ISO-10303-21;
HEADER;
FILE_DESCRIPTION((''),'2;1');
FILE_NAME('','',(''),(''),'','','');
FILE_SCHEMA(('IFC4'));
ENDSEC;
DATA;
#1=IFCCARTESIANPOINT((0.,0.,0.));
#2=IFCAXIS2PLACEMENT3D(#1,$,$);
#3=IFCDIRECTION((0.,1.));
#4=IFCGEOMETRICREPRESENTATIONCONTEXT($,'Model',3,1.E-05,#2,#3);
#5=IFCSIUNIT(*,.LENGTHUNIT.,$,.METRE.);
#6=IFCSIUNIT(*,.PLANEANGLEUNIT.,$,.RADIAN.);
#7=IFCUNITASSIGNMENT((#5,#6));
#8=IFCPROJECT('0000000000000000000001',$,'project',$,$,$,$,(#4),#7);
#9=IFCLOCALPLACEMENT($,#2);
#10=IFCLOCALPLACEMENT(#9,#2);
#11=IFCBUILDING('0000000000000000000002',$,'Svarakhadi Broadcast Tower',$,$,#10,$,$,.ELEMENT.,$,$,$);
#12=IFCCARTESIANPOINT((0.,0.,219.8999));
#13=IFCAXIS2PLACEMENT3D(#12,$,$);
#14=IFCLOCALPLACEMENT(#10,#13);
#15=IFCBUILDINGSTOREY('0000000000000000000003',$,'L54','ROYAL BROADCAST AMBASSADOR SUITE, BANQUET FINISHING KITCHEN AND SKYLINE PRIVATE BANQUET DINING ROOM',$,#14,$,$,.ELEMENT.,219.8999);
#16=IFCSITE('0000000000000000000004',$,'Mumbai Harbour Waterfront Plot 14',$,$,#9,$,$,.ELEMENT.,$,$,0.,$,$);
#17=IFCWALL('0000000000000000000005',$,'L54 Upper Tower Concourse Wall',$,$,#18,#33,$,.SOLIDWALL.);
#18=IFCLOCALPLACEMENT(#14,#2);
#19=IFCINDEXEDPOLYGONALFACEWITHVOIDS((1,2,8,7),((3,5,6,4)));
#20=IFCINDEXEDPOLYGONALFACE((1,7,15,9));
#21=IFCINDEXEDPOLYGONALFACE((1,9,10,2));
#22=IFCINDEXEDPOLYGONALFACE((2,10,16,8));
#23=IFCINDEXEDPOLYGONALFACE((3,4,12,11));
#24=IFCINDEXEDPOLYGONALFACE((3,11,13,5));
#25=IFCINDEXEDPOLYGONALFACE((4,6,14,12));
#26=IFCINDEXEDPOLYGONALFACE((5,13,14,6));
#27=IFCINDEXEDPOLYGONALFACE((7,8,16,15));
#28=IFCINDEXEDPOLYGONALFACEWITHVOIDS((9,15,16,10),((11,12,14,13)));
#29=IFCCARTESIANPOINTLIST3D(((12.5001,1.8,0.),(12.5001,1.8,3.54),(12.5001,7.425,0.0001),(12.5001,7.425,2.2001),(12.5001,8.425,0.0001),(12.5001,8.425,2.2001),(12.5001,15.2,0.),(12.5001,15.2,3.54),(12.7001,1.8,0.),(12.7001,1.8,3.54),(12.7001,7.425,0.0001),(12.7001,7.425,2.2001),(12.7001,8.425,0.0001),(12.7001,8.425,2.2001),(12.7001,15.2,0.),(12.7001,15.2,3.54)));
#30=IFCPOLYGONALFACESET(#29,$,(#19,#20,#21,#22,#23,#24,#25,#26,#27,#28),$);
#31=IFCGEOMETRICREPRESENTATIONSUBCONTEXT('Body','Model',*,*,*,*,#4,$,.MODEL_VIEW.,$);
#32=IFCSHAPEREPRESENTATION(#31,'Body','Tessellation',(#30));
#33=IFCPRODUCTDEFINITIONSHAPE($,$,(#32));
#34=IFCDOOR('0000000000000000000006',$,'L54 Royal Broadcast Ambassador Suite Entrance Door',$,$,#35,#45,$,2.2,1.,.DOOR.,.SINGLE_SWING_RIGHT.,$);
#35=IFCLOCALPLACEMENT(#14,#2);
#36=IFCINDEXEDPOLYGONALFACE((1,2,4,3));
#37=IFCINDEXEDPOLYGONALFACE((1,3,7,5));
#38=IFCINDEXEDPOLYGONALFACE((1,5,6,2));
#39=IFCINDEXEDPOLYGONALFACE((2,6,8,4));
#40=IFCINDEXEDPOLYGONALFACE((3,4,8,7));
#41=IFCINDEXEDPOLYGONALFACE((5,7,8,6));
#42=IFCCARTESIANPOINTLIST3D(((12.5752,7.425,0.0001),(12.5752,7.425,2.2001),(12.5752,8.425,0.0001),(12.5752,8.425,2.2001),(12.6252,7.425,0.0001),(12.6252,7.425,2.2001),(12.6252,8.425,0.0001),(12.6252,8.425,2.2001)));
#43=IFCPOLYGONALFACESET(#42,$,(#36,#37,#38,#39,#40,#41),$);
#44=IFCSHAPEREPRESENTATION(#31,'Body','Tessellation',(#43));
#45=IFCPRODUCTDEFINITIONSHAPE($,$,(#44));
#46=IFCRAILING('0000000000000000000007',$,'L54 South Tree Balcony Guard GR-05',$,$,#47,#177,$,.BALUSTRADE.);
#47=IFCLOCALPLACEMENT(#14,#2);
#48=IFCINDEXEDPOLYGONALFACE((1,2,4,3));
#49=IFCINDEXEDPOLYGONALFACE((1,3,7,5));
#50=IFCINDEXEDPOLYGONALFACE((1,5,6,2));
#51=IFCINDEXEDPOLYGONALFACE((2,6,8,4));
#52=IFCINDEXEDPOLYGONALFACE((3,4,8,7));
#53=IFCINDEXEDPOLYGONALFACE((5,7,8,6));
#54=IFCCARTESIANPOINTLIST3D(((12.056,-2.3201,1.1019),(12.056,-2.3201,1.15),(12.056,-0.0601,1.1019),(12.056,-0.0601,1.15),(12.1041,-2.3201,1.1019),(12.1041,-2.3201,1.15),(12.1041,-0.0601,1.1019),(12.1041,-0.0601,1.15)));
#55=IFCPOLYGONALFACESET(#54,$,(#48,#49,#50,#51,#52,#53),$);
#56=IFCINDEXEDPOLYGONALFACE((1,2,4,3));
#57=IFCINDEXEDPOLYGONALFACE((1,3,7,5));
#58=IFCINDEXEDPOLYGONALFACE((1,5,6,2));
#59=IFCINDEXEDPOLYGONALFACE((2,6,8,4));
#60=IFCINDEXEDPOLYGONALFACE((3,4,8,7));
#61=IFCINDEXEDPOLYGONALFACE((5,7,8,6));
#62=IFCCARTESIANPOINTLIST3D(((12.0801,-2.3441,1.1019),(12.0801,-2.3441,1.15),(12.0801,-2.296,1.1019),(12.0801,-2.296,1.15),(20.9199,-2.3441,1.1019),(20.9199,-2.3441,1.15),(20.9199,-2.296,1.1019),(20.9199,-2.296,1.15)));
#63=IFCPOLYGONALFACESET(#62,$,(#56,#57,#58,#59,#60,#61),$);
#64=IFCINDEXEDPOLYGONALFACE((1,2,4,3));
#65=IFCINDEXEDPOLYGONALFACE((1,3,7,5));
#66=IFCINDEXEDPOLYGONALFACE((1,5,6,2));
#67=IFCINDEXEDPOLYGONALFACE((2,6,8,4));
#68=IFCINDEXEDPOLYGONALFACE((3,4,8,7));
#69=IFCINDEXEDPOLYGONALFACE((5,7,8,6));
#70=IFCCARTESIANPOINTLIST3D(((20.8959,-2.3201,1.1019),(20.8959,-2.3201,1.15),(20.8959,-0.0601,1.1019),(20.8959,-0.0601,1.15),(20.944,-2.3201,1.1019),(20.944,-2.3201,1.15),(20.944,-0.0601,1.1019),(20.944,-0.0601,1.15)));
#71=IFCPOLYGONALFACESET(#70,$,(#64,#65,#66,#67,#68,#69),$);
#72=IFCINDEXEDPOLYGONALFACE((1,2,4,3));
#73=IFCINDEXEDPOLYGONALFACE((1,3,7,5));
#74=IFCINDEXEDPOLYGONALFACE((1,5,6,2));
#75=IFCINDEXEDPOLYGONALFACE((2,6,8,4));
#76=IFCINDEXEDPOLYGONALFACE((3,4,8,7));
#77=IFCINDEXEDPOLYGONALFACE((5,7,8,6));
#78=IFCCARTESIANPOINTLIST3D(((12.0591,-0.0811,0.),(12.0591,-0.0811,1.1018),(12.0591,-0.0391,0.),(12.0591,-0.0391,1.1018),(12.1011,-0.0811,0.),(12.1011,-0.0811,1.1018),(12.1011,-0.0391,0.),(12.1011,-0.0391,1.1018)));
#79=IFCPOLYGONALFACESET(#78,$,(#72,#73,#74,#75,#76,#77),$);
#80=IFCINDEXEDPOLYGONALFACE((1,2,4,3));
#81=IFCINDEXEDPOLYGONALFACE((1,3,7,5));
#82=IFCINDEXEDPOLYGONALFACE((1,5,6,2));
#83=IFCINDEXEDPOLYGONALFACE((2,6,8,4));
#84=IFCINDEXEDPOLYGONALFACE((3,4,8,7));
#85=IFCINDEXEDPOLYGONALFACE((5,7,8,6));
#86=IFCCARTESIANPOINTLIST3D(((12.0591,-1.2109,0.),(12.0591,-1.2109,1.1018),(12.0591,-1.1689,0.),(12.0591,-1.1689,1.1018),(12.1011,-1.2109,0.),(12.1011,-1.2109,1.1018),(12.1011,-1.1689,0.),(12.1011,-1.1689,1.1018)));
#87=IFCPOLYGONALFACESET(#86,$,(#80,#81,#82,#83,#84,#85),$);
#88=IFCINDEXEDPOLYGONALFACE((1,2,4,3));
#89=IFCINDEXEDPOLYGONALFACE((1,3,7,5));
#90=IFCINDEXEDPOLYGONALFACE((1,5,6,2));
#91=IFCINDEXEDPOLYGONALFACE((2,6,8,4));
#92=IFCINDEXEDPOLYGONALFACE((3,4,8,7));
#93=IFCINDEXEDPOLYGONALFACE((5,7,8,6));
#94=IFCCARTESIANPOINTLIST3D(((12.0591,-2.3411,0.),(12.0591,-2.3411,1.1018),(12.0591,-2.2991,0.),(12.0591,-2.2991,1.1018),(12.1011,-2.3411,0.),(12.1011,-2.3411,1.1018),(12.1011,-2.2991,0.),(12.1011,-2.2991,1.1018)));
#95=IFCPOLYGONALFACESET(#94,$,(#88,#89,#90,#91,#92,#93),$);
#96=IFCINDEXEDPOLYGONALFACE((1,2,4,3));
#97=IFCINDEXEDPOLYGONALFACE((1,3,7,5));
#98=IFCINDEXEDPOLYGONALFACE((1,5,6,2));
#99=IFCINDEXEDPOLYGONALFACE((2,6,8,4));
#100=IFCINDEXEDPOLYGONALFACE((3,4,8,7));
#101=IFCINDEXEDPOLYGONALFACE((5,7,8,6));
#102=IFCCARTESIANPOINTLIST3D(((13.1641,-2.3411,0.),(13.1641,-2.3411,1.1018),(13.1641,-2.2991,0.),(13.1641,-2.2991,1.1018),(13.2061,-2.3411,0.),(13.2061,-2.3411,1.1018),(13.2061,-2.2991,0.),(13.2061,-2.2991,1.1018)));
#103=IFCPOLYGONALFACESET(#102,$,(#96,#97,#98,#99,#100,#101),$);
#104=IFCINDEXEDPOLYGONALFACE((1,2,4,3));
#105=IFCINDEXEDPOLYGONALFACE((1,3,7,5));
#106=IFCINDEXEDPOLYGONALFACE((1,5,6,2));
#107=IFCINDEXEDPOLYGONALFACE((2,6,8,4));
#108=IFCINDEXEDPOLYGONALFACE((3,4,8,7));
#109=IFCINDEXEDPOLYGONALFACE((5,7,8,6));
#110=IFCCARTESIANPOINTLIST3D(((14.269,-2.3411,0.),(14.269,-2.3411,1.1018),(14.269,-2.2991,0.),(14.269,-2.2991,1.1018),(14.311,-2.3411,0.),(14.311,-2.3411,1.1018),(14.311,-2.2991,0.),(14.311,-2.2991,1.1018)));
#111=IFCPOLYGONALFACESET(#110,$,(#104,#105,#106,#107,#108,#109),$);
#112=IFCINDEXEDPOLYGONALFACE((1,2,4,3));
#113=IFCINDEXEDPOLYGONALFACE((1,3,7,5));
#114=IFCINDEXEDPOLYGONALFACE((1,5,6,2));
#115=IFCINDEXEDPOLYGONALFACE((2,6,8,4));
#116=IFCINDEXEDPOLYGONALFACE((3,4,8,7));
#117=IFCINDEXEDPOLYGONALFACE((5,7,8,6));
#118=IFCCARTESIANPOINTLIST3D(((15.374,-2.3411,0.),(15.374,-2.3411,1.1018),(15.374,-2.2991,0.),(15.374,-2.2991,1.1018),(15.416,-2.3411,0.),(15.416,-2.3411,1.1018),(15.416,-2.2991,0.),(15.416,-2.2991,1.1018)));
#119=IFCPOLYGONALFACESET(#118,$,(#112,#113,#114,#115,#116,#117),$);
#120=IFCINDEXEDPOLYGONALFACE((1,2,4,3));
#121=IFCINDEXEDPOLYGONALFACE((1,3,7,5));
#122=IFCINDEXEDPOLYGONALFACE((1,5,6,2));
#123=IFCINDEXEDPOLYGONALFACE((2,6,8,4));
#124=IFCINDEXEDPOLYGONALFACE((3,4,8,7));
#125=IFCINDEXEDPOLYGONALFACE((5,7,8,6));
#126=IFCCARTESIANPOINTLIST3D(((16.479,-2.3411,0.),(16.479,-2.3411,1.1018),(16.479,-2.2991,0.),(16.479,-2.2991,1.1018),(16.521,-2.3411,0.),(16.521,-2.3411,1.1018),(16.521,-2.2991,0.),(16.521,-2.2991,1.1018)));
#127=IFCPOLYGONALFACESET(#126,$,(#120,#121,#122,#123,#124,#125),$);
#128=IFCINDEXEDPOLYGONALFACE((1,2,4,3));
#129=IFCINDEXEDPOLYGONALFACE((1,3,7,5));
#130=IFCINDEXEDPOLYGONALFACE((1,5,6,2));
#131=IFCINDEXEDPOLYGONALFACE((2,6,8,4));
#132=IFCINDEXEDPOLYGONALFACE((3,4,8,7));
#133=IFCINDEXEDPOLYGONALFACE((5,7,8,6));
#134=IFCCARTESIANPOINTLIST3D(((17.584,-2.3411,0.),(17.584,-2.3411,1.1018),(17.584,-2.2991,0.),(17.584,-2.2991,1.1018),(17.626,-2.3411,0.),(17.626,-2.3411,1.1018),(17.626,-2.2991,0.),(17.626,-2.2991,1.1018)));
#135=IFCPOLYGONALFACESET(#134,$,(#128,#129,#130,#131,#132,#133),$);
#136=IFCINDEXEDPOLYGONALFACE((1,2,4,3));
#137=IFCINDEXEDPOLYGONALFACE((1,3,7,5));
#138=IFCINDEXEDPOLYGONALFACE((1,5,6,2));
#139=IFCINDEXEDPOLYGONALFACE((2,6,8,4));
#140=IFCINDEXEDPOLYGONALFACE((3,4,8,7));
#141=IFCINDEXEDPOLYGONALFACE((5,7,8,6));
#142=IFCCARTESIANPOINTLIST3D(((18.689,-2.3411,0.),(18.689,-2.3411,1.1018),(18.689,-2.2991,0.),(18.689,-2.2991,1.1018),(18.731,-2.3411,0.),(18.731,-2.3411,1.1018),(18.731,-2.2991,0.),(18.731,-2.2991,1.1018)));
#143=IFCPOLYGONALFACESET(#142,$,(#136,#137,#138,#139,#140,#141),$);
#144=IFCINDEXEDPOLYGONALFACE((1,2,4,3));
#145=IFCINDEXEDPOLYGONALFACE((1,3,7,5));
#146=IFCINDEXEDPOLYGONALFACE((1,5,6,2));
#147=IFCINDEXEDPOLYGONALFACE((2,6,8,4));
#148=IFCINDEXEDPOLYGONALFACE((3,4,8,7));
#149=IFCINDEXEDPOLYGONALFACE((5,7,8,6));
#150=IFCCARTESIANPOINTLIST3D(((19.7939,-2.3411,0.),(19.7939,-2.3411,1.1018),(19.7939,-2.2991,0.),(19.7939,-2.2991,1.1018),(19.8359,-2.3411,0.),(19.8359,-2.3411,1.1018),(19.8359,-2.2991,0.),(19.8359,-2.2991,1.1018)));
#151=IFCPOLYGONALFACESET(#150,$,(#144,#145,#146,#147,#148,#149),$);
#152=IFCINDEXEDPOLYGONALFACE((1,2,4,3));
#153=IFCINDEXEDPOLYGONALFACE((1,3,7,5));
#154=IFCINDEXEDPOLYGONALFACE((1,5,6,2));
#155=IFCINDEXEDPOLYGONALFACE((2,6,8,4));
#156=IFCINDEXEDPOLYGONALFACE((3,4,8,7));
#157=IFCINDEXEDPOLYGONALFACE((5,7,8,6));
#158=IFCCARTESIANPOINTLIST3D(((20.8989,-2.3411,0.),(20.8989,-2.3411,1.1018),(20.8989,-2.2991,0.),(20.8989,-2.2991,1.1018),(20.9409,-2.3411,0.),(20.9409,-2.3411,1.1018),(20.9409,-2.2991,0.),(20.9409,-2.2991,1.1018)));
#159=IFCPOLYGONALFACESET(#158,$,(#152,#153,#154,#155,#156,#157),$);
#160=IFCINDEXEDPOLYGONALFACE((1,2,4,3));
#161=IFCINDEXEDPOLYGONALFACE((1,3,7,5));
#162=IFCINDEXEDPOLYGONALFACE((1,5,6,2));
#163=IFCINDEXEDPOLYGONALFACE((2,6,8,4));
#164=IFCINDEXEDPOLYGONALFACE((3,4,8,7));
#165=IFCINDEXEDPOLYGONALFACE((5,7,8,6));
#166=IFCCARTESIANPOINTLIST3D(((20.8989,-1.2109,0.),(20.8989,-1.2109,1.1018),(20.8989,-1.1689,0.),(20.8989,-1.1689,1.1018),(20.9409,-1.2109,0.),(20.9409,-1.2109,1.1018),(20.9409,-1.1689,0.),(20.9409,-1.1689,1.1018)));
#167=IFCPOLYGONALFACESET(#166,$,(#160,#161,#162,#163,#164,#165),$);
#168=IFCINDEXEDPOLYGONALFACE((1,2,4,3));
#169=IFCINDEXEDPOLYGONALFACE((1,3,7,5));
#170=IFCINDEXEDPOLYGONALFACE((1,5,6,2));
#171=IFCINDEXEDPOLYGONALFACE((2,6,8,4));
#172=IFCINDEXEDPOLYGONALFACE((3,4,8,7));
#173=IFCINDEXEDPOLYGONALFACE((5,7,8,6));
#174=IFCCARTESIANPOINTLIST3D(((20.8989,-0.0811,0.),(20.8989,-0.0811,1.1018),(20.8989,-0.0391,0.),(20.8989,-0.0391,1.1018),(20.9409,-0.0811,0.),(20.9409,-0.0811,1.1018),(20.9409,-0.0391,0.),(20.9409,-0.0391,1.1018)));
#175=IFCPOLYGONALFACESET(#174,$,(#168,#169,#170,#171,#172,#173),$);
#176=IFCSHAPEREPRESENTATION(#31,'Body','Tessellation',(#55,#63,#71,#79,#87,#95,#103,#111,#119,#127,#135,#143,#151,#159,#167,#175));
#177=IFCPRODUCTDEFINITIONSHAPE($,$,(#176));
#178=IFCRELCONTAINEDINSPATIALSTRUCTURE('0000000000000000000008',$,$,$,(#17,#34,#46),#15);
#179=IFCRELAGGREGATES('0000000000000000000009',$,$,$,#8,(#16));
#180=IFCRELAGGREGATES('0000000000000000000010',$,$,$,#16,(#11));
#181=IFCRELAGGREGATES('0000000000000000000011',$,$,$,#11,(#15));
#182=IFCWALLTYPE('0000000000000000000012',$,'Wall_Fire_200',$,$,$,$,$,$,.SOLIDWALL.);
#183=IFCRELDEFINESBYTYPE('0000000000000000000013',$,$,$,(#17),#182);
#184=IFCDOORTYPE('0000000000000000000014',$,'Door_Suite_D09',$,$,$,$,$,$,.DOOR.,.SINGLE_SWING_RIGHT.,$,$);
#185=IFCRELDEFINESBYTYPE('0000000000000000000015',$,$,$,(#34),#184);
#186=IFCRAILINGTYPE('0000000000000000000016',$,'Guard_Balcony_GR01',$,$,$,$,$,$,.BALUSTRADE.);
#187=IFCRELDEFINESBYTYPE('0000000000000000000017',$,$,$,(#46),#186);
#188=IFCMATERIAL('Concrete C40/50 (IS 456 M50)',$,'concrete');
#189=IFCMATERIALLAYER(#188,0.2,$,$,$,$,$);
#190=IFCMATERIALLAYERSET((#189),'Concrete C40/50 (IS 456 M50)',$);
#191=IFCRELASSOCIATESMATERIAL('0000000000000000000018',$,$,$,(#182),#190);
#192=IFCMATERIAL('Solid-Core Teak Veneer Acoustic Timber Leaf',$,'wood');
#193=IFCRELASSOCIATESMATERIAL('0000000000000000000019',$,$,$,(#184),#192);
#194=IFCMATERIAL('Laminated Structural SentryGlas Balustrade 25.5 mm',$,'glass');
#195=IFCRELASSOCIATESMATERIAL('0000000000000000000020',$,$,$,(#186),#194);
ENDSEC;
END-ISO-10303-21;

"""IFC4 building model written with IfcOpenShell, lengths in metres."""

from ifc_helpers import new_model, si_unit, direction, frame, frame_2d, origin, origin_2d, place, context, subcontext, project, spatial, rectangle, extrude, material, layer, layer_set, type_object, element, fill, save


model = new_model("IFC4")

# Units and contexts
model_context = context("Model", 3, precision=1e-05, world=origin(), true_north=direction((0.0, 1.0)))
body_context = subcontext(model_context, "Body", "Model", "MODEL_VIEW")
ifc_project = project(units=[si_unit("LENGTHUNIT", "METRE"), si_unit("PLANEANGLEUNIT", "RADIAN")], contexts=[model_context])

# Site, building, storey
site_placement = place(None, origin())
site = spatial("IfcSite", under=ifc_project, at=site_placement, Name="Mumbai Harbour Waterfront Plot 14", CompositionType="ELEMENT", RefElevation=0.0)
building_placement = place(site_placement, origin())
building = spatial("IfcBuilding", under=site, at=building_placement, Name="Svarakhadi Broadcast Tower", CompositionType="ELEMENT")
storey_placement = place(building_placement, frame((0.0, 0.0, 219.8999)))
storey = spatial("IfcBuildingStorey", under=building, at=storey_placement, Name="L54", Description="ROYAL BROADCAST AMBASSADOR SUITE, BANQUET FINISHING KITCHEN AND SKYLINE PRIVATE BANQUET DINING ROOM", CompositionType="ELEMENT", Elevation=219.8999)

# Shared definitions
ifc_material_1 = material(Name="Concrete C40/50 (IS 456 M50)", Category="concrete")
ifc_layer_1 = layer(ifc_material_1, 0.2)
ifc_layer_set_1 = layer_set([ifc_layer_1], Name="Concrete C40/50 (IS 456 M50)")
wall_type_1 = type_object("IfcWallType", Name="Wall_Fire_200", PredefinedType="SOLIDWALL", material=ifc_layer_set_1)

# Wall, opening, door
wall_1_placement = place(storey_placement, frame((12.6001, 1.8, 0.0), z_axis=(0.0, 0.0, 1.0), x_axis=(0.0, 1.0, 0.0)))
wall_1 = element("IfcWall", 1, at=wall_1_placement, inside=storey, type_object=wall_type_1, Name="L54 Upper Tower Concourse Wall", PredefinedType="SOLIDWALL", context=body_context, shape_type="SweptSolid", body=[
    extrude(rectangle(XDim=13.3999, YDim=0.2, at=frame_2d((6.7, 0.0))), origin(), (0.0, 0.0, 1.0), 3.54),
])
opening_placement = place(wall_1_placement, frame((5.625, 0.0, 0.0)))
opening = element("IfcOpeningElement", 2, at=opening_placement, cuts=wall_1, PredefinedType="OPENING", context=body_context, shape_type="SweptSolid", body=[
    extrude(rectangle(XDim=1.0, YDim=2.2, at=frame_2d((0.5, 1.1001))), frame((0.0, 0.1099, 0.0), z_axis=(0.0, -1.0, 0.0), x_axis=(1.0, 0.0, 0.0)), (0.0, 0.0, 1.0), 0.22),
])
ifc_material_2 = material(Name="Solid-Core Teak Veneer Acoustic Timber Leaf", Category="wood")
door_type = type_object("IfcDoorType", Name="Door_Suite_D09", OperationType="SINGLE_SWING_RIGHT", PredefinedType="DOOR", material=ifc_material_2)
door_placement = place(opening_placement, origin())
door = element("IfcDoor", 3, at=door_placement, inside=storey, type_object=door_type, Name="L54 Royal Broadcast Ambassador Suite Entrance Door", OperationType="SINGLE_SWING_RIGHT", OverallHeight=2.2, OverallWidth=1.0, PredefinedType="DOOR", context=body_context, shape_type="SweptSolid", body=[
    extrude(rectangle(XDim=1.0, YDim=2.2, at=frame_2d((0.5, 1.1001))), frame((0.0, 0.0249, 0.0), z_axis=(0.0, -1.0, 0.0), x_axis=(1.0, 0.0, 0.0)), (0.0, 0.0, 1.0), 0.05),
])
fill(opening, door)

# Railing
ifc_material_3 = material(Name="Laminated Structural SentryGlas Balustrade 25.5 mm", Category="glass")
railing_type = type_object("IfcRailingType", Name="Guard_Balcony_GR01", PredefinedType="BALUSTRADE", material=ifc_material_3)
railing_placement = place(storey_placement, frame((12.0801, -0.0601, 0.0)))
element("IfcRailing", 4, at=railing_placement, inside=storey, type_object=railing_type, Name="L54 South Tree Balcony Guard GR-05", PredefinedType="BALUSTRADE", context=body_context, shape_type="SweptSolid", body=[
    extrude(rectangle(XDim=0.0481, YDim=0.0481, at=origin_2d()), frame((0.0, 0.0, 1.126), z_axis=(0.0, -1.0, 0.0), x_axis=(1.0, 0.0, 0.0)), (0.0, 0.0, 1.0), 2.26),
    extrude(rectangle(XDim=0.0481, YDim=0.0481, at=origin_2d()), frame((0.0, -2.26, 1.126), z_axis=(1.0, 0.0, 0.0), x_axis=(0.0, 1.0, 0.0)), (0.0, 0.0, 1.0), 8.8398),
    extrude(rectangle(XDim=0.0481, YDim=0.0481, at=origin_2d()), frame((8.8398, -2.26, 1.126), z_axis=(0.0, 1.0, 0.0), x_axis=(-1.0, 0.0, 0.0)), (0.0, 0.0, 1.0), 2.26),
    extrude(rectangle(XDim=0.042, YDim=0.042, at=origin_2d()), origin(), (0.0, 0.0, 1.0), 1.1018),
    extrude(rectangle(XDim=0.042, YDim=0.042, at=origin_2d()), frame((0.0, -1.1299, 0.0)), (0.0, 0.0, 1.0), 1.1018),
    extrude(rectangle(XDim=0.042, YDim=0.042, at=origin_2d()), frame((0.0, -2.26, 0.0)), (0.0, 0.0, 1.0), 1.1018),
    extrude(rectangle(XDim=0.042, YDim=0.042, at=origin_2d()), frame((1.105, -2.26, 0.0)), (0.0, 0.0, 1.0), 1.1018),
    extrude(rectangle(XDim=0.042, YDim=0.042, at=origin_2d()), frame((2.21, -2.26, 0.0)), (0.0, 0.0, 1.0), 1.1018),
    extrude(rectangle(XDim=0.042, YDim=0.042, at=origin_2d()), frame((3.3149, -2.26, 0.0)), (0.0, 0.0, 1.0), 1.1018),
    extrude(rectangle(XDim=0.042, YDim=0.042, at=origin_2d()), frame((4.4199, -2.26, 0.0)), (0.0, 0.0, 1.0), 1.1018),
    extrude(rectangle(XDim=0.042, YDim=0.042, at=origin_2d()), frame((5.5249, -2.26, 0.0)), (0.0, 0.0, 1.0), 1.1018),
    extrude(rectangle(XDim=0.042, YDim=0.042, at=origin_2d()), frame((6.6299, -2.26, 0.0)), (0.0, 0.0, 1.0), 1.1018),
    extrude(rectangle(XDim=0.042, YDim=0.042, at=origin_2d()), frame((7.7349, -2.26, 0.0)), (0.0, 0.0, 1.0), 1.1018),
    extrude(rectangle(XDim=0.042, YDim=0.042, at=origin_2d()), frame((8.8398, -2.26, 0.0)), (0.0, 0.0, 1.0), 1.1018),
    extrude(rectangle(XDim=0.042, YDim=0.042, at=origin_2d()), frame((8.8398, -1.1299, 0.0)), (0.0, 0.0, 1.0), 1.1018),
    extrude(rectangle(XDim=0.042, YDim=0.042, at=origin_2d()), frame((8.8398, 0.0, 0.0)), (0.0, 0.0, 1.0), 1.1018),
])

save(model, "model.ifc")
